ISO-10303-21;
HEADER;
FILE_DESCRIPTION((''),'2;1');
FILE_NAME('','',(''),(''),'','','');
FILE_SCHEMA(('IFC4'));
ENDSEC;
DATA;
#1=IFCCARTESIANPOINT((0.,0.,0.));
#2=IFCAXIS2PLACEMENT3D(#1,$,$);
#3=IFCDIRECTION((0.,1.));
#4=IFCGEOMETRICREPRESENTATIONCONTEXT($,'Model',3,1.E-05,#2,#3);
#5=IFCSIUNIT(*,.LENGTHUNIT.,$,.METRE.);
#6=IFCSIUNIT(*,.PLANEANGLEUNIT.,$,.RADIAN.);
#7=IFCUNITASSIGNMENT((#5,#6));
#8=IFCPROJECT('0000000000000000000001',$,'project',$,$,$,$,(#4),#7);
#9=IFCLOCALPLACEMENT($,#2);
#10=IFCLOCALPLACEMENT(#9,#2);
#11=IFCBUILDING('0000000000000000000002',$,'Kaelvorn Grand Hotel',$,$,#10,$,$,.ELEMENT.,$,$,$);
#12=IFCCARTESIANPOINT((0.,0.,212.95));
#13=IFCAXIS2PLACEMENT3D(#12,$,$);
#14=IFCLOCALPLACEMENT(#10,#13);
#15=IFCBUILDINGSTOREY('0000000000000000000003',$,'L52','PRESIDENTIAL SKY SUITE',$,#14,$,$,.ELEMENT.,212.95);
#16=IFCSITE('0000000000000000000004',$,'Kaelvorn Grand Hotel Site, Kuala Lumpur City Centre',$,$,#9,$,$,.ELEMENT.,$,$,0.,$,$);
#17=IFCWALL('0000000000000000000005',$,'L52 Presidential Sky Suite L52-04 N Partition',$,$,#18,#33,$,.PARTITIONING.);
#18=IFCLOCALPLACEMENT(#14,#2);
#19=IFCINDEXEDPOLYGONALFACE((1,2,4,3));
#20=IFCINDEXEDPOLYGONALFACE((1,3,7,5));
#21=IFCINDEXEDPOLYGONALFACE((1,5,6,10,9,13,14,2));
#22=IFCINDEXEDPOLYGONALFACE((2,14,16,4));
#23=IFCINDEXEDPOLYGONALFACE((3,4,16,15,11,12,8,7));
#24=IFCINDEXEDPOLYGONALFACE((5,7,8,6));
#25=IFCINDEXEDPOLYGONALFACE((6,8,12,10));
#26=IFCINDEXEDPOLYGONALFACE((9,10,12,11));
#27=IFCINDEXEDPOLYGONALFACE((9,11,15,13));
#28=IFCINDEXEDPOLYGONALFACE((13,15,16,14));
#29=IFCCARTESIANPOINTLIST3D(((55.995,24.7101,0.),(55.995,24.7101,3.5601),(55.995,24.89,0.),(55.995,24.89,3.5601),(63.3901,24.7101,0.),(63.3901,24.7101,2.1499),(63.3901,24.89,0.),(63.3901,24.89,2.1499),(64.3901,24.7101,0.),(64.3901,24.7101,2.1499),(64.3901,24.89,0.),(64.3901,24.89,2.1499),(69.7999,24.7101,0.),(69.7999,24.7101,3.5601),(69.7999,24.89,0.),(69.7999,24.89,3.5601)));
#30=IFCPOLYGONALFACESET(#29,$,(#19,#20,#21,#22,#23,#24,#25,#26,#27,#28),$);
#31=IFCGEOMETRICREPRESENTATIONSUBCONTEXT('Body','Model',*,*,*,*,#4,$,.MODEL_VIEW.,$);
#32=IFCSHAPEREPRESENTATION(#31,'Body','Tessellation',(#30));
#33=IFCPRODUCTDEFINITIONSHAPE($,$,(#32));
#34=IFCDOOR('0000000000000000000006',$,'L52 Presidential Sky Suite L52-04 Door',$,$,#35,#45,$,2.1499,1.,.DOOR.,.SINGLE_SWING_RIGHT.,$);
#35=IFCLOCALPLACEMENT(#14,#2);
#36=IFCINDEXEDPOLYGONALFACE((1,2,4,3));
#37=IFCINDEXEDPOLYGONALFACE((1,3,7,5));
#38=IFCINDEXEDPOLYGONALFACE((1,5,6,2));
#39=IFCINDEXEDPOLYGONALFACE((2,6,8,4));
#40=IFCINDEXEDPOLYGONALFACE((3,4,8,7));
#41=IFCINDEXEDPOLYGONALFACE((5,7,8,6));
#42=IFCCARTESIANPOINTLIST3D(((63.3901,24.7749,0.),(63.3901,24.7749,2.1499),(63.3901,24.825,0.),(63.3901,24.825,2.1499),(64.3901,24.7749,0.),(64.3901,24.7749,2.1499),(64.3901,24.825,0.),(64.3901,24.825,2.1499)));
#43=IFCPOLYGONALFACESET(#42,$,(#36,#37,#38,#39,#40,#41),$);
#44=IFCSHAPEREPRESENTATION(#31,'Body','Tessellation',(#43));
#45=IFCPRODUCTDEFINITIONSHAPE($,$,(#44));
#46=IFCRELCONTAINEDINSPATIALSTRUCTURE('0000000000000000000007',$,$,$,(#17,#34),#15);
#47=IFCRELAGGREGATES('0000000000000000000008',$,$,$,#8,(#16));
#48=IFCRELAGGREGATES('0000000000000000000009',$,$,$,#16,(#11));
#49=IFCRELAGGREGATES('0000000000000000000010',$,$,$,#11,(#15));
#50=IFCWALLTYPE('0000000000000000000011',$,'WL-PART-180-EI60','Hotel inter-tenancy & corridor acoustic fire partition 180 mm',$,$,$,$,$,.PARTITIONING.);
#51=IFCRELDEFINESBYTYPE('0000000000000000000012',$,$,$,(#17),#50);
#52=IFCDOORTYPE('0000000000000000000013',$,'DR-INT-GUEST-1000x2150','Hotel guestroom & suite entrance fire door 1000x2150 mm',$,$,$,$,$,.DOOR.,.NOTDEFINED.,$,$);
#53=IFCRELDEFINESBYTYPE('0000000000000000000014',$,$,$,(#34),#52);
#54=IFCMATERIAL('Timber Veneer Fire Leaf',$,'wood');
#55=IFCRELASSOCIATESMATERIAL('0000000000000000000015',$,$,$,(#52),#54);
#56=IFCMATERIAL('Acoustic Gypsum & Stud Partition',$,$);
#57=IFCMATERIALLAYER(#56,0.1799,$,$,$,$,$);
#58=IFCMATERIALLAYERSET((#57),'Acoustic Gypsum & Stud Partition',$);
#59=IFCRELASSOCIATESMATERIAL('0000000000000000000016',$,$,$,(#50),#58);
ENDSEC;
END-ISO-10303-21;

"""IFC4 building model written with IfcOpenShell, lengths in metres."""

from ifc_helpers import new_model, si_unit, direction, frame, frame_2d, origin, place, context, subcontext, project, spatial, rectangle, extrude, material, layer, layer_set, type_object, element, fill, save


model = new_model("IFC4")

# Units and contexts
model_context = context("Model", 3, precision=1e-05, world=origin(), true_north=direction((0.0, 1.0)))
body_context = subcontext(model_context, "Body", "Model", "MODEL_VIEW")
ifc_project = project(units=[si_unit("LENGTHUNIT", "METRE"), si_unit("PLANEANGLEUNIT", "RADIAN")], contexts=[model_context])

# Site, building, storey
site_placement = place(None, origin())
site = spatial("IfcSite", under=ifc_project, at=site_placement, Name="Kaelvorn Grand Hotel Site, Kuala Lumpur City Centre", CompositionType="ELEMENT", RefElevation=0.0)
building_placement = place(site_placement, origin())
building = spatial("IfcBuilding", under=site, at=building_placement, Name="Kaelvorn Grand Hotel", CompositionType="ELEMENT")
storey_placement = place(building_placement, frame((0.0, 0.0, 212.95)))
storey = spatial("IfcBuildingStorey", under=building, at=storey_placement, Name="L52", Description="PRESIDENTIAL SKY SUITE", CompositionType="ELEMENT", Elevation=212.95)

# Shared definitions
ifc_material_1 = material(Name="Acoustic Gypsum & Stud Partition")
ifc_material_2 = material(Name="Timber Veneer Fire Leaf", Category="wood")
door_type_1 = type_object("IfcDoorType", Name="DR-INT-GUEST-1000x2150", Description="Hotel guestroom & suite entrance fire door 1000x2150 mm", OperationType="NOTDEFINED", PredefinedType="DOOR", material=ifc_material_2)

# Wall, opening, door
ifc_layer_1 = layer(ifc_material_1, 0.1799)
ifc_layer_set_1 = layer_set([ifc_layer_1], Name="Acoustic Gypsum & Stud Partition")
wall_type_1 = type_object("IfcWallType", Name="WL-PART-180-EI60", Description="Hotel inter-tenancy & corridor acoustic fire partition 180 mm", PredefinedType="PARTITIONING", material=ifc_layer_set_1)
wall_1_placement = place(storey_placement, frame((55.9951, 24.8, 0.0), z_axis=(0.0, 0.0, 1.0), x_axis=(1.0, 0.0, 0.0)))
wall_1 = element("IfcWall", 1, at=wall_1_placement, inside=storey, type_object=wall_type_1, Name="L52 Presidential Sky Suite L52-04 N Partition", PredefinedType="PARTITIONING", context=body_context, shape_type="SweptSolid", body=[
    extrude(rectangle(XDim=13.8049, YDim=0.1799, at=frame_2d((6.9023, 0.0))), origin(), (0.0, 0.0, 1.0), 3.5601),
])
opening_1_placement = place(wall_1_placement, frame((7.395, 0.0, 0.0)))
opening_1 = element("IfcOpeningElement", 2, at=opening_1_placement, cuts=wall_1, PredefinedType="OPENING", context=body_context, shape_type="SweptSolid", body=[
    extrude(rectangle(XDim=1.0, YDim=2.1499, at=frame_2d((0.5, 1.075))), frame((0.0, 0.1001, 0.0), z_axis=(0.0, -1.0, 0.0), x_axis=(1.0, 0.0, 0.0)), (0.0, 0.0, 1.0), 0.2),
])
door_1_placement = place(opening_1_placement, origin())
door_1 = element("IfcDoor", 3, at=door_1_placement, inside=storey, type_object=door_type_1, Name="L52 Presidential Sky Suite L52-04 Door", OperationType="SINGLE_SWING_RIGHT", OverallHeight=2.1499, OverallWidth=1.0, PredefinedType="DOOR", context=body_context, shape_type="SweptSolid", body=[
    extrude(rectangle(XDim=1.0, YDim=2.1499, at=frame_2d((0.5, 1.075))), frame((0.0, 0.0249, 0.0), z_axis=(0.0, -1.0, 0.0), x_axis=(1.0, 0.0, 0.0)), (0.0, 0.0, 1.0), 0.05),
])
fill(opening_1, door_1)

save(model, "model.ifc")
